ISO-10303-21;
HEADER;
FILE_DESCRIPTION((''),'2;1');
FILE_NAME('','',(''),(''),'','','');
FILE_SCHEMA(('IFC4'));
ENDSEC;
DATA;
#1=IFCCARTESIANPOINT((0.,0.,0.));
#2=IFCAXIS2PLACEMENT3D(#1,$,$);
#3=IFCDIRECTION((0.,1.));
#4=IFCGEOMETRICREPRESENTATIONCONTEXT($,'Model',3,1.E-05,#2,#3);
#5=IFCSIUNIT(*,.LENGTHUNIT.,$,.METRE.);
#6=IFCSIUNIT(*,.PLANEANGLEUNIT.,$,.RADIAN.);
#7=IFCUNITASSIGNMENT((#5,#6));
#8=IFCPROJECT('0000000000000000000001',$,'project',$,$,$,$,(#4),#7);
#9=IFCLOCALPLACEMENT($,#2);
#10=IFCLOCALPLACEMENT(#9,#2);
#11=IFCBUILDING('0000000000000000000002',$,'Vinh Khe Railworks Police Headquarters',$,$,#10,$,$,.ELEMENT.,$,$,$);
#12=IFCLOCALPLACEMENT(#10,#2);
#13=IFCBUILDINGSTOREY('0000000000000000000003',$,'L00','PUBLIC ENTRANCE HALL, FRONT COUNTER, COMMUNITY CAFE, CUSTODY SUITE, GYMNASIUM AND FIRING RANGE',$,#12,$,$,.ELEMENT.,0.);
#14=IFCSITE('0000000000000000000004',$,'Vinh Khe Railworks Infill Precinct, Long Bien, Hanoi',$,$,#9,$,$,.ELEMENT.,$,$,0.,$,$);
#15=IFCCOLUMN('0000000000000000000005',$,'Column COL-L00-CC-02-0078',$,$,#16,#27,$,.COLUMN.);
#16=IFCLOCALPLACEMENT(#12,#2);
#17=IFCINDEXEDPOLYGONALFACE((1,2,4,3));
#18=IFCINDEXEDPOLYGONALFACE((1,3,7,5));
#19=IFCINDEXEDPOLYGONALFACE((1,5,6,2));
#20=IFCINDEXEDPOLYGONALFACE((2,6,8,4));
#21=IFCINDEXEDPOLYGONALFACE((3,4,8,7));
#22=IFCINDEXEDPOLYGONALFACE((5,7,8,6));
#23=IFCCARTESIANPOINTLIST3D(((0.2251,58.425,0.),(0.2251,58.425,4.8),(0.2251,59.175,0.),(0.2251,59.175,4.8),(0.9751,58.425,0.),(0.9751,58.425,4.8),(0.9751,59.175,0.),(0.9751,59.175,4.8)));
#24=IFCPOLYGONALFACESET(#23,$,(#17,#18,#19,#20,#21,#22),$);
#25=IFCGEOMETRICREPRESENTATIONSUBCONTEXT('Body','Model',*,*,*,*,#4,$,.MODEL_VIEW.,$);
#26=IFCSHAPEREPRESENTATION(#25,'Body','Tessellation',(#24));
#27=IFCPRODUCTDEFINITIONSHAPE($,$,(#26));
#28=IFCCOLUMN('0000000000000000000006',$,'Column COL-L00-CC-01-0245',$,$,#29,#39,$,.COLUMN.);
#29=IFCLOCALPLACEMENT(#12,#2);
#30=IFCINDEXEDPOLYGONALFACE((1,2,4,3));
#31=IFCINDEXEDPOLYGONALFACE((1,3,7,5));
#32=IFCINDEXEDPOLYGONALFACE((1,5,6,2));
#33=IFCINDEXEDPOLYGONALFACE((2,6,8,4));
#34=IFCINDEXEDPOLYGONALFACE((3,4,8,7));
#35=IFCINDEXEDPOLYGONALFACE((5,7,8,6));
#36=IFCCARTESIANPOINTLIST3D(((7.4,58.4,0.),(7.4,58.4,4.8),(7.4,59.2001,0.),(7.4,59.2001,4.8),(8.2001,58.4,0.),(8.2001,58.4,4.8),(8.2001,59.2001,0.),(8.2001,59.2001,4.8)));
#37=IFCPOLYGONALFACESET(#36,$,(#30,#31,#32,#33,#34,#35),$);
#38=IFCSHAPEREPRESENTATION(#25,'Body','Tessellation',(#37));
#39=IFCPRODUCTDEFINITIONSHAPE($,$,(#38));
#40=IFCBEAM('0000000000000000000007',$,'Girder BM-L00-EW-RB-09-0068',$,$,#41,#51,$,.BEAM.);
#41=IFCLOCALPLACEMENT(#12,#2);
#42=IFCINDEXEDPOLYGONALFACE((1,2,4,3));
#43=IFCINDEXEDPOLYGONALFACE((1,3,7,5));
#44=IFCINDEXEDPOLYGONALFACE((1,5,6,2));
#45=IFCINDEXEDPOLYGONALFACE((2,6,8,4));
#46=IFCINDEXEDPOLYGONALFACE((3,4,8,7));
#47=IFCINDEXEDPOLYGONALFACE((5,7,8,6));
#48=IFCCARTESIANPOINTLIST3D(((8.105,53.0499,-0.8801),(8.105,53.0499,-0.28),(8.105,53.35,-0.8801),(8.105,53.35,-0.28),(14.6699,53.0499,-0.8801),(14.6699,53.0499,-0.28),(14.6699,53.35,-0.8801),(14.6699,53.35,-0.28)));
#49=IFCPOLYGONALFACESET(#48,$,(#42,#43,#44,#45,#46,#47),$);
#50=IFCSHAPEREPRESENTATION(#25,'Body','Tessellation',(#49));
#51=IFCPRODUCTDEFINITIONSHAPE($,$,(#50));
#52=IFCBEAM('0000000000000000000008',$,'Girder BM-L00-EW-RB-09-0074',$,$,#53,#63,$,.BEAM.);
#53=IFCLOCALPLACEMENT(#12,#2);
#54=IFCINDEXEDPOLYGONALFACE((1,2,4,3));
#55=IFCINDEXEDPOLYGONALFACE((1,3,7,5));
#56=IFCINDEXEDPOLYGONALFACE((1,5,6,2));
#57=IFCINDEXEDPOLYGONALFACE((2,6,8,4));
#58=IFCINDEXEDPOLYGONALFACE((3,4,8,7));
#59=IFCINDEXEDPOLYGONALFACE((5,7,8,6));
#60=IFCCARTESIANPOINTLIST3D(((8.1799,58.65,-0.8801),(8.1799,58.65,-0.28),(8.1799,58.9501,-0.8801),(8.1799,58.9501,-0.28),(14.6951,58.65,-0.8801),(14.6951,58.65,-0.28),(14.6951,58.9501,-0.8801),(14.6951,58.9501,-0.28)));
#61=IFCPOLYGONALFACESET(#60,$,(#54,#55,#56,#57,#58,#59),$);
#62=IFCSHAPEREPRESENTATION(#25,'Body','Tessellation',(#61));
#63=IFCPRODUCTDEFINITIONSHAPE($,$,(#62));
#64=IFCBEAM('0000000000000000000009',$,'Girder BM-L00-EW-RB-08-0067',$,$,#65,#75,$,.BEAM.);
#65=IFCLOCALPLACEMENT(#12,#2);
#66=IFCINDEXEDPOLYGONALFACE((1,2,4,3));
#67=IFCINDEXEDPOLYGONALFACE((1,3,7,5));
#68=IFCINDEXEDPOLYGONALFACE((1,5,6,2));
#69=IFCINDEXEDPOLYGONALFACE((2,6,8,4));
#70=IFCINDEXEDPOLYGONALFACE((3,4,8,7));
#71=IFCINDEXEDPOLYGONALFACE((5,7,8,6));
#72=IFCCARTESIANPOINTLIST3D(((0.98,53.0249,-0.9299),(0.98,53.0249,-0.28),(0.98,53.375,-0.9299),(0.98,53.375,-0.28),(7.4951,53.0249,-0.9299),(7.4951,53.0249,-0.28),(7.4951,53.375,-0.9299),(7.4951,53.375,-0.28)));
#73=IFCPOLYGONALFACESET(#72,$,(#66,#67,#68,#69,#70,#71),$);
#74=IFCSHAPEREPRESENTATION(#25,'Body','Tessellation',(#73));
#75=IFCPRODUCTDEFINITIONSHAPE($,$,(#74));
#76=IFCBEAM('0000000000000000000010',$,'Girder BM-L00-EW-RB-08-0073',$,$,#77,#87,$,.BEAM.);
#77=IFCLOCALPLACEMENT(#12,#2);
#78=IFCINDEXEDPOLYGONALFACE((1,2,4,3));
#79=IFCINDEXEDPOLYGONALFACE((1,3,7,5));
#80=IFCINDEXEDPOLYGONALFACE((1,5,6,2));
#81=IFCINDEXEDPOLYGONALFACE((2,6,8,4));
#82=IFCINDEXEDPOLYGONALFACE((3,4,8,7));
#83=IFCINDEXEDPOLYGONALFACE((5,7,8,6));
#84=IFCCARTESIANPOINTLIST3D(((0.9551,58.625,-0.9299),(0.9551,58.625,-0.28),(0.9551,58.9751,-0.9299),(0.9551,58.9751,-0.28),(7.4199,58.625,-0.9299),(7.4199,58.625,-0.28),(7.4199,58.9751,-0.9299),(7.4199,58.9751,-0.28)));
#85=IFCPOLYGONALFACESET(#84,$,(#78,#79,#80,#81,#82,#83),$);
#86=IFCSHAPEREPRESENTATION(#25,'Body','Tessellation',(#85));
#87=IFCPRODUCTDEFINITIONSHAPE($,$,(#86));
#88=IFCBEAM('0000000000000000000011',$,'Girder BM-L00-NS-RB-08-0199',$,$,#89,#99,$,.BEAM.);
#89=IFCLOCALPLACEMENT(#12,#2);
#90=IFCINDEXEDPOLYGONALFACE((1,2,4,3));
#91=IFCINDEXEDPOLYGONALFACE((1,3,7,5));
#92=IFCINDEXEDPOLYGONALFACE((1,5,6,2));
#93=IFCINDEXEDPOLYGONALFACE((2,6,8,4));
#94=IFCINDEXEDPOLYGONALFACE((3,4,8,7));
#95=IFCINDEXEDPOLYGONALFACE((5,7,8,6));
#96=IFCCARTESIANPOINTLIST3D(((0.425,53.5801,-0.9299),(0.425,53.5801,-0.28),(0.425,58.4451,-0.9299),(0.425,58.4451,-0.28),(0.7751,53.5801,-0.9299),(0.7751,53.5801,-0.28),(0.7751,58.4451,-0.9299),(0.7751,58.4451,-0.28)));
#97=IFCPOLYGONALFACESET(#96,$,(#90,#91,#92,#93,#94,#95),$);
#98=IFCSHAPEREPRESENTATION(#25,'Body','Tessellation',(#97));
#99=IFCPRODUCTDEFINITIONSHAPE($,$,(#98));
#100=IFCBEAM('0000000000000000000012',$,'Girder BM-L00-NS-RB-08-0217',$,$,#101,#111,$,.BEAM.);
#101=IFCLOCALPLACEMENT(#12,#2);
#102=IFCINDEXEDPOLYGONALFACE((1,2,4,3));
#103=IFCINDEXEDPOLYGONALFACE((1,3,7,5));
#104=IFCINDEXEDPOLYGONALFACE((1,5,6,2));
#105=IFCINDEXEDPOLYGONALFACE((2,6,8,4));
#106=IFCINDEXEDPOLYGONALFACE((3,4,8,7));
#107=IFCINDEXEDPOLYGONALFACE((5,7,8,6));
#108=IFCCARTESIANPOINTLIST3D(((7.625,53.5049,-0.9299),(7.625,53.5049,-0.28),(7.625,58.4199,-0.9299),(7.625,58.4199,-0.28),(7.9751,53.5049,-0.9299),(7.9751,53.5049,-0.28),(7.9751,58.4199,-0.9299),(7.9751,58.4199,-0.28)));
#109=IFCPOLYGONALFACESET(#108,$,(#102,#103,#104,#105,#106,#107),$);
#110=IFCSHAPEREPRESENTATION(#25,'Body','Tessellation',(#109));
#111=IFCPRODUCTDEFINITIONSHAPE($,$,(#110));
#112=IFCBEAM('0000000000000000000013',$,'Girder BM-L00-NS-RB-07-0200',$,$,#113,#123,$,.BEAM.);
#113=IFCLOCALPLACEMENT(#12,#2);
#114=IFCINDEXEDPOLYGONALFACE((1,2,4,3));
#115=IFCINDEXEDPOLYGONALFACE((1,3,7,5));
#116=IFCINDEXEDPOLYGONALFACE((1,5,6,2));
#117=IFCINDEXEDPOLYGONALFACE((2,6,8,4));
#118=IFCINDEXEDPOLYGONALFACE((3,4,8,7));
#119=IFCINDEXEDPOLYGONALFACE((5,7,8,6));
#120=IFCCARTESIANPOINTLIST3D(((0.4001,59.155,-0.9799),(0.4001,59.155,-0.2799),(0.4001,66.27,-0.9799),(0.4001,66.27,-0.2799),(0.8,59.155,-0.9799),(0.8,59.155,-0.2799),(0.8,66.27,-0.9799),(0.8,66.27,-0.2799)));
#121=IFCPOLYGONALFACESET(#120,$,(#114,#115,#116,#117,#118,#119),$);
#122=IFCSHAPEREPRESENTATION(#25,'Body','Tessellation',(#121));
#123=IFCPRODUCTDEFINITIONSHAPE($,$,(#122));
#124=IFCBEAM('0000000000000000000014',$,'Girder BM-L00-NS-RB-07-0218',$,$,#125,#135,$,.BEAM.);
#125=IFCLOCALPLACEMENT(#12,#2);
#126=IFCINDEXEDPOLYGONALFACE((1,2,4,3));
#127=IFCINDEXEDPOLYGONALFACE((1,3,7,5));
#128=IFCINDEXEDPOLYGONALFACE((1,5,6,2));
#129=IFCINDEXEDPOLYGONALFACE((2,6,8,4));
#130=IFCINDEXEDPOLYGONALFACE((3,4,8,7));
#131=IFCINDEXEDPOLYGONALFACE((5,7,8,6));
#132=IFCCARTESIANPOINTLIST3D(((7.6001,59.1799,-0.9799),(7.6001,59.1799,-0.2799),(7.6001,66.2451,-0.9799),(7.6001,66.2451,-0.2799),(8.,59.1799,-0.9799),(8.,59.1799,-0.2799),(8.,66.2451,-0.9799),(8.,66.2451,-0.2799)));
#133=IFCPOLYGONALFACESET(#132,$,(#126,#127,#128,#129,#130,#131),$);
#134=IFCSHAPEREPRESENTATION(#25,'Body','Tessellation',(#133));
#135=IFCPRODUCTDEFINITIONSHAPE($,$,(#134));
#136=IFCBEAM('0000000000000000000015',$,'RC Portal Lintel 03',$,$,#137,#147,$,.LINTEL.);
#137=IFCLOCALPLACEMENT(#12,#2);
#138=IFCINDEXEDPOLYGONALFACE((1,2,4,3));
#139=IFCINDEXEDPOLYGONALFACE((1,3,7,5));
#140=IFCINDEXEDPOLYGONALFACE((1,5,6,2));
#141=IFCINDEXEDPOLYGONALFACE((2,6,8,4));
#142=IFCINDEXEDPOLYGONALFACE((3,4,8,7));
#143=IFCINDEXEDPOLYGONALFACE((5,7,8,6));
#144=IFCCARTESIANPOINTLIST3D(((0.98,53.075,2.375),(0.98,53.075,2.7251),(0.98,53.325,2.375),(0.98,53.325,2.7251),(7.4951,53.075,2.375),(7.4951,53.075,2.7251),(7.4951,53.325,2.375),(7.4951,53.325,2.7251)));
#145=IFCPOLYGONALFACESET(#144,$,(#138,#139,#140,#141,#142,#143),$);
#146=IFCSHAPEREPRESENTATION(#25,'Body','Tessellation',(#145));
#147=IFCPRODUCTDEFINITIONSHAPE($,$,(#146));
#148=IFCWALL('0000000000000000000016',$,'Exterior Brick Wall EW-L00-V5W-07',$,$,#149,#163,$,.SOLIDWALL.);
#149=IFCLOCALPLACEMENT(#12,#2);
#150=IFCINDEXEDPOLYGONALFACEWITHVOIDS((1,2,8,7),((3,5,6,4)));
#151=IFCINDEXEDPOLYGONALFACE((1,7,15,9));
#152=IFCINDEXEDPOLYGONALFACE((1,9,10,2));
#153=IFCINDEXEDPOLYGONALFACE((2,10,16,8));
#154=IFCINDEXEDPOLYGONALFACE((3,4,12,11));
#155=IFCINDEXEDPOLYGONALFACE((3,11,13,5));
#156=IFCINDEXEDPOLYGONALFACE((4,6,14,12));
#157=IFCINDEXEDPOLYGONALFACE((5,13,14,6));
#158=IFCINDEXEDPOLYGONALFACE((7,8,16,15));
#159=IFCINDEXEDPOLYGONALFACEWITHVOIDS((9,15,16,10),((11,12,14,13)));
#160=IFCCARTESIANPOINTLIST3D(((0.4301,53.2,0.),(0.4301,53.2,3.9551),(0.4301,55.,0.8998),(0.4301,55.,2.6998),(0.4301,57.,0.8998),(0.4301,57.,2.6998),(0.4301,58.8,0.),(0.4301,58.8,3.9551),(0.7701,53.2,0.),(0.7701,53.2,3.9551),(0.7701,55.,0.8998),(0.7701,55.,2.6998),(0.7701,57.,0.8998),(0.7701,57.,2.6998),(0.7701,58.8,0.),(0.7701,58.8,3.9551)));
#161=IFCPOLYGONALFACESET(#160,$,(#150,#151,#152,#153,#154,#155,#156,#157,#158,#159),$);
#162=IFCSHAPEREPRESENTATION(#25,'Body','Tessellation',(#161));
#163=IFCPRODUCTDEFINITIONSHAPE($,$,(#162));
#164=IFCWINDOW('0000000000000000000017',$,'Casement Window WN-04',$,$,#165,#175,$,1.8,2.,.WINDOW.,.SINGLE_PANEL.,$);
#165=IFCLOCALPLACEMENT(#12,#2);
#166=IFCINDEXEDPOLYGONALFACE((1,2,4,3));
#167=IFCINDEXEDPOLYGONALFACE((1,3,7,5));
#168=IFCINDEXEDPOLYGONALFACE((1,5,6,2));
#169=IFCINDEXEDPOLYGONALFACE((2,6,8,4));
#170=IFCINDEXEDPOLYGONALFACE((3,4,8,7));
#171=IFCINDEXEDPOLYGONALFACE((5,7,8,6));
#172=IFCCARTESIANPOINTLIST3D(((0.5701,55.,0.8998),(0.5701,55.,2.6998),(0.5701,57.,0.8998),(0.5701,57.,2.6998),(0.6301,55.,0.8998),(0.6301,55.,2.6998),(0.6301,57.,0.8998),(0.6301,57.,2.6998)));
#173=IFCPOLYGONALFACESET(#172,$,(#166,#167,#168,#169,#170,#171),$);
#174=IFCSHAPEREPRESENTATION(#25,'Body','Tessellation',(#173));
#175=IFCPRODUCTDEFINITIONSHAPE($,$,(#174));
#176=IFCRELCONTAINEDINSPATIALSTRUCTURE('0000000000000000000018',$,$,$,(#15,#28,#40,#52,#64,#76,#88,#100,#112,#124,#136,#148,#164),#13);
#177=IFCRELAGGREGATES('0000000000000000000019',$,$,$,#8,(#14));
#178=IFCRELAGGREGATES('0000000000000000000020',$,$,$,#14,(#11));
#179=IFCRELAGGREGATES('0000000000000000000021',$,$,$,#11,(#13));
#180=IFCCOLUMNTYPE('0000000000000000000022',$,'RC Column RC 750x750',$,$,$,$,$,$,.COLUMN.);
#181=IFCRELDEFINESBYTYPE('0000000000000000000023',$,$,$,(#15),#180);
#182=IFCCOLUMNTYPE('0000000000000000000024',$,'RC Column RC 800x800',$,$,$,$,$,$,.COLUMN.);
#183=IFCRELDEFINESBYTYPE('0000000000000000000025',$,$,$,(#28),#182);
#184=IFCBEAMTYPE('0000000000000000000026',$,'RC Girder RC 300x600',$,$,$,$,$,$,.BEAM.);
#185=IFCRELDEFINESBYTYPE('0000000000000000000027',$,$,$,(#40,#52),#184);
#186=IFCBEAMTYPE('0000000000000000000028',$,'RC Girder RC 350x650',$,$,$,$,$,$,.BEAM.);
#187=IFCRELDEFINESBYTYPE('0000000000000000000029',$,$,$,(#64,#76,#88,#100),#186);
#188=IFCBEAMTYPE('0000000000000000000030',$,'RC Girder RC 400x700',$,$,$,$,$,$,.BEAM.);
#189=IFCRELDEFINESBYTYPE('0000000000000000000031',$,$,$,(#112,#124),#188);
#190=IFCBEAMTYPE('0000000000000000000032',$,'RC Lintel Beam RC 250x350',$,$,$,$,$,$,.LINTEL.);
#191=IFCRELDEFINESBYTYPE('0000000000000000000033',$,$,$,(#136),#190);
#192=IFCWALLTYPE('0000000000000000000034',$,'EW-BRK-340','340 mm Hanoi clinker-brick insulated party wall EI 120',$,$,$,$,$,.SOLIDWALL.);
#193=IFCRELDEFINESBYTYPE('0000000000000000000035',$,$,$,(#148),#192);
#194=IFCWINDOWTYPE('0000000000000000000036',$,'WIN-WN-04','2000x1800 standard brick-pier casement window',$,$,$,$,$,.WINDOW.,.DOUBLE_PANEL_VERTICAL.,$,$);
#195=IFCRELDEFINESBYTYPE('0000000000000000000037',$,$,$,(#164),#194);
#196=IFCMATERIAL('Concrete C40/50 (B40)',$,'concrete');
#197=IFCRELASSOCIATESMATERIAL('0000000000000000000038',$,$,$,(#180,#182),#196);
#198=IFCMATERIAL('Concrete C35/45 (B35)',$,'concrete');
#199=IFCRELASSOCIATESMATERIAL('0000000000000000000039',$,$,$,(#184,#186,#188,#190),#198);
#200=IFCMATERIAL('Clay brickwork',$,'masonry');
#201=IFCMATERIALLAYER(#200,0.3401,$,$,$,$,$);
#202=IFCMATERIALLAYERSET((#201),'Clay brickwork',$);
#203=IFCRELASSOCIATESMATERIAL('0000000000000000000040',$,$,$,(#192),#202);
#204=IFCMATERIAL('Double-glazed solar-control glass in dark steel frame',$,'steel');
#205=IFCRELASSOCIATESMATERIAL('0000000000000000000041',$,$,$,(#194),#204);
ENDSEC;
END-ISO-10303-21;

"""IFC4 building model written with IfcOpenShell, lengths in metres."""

from ifc_helpers import new_model, si_unit, direction, frame, frame_2d, origin, origin_2d, place, context, subcontext, project, spatial, rectangle, extrude, material, layer, layer_set, material_profile, profile_set, type_object, element, fill, save


model = new_model("IFC4")

# Units and contexts
model_context = context("Model", 3, precision=1e-05, world=origin(), true_north=direction((0.0, 1.0)))
body_context = subcontext(model_context, "Body", "Model", "MODEL_VIEW")
ifc_project = project(units=[si_unit("LENGTHUNIT", "METRE"), si_unit("PLANEANGLEUNIT", "RADIAN")], contexts=[model_context])

# Site, building, storey
site_placement = place(None, origin())
site = spatial("IfcSite", under=ifc_project, at=site_placement, Name="Vinh Khe Railworks Infill Precinct, Long Bien, Hanoi", CompositionType="ELEMENT", RefElevation=0.0)
building_placement = place(site_placement, origin())
building = spatial("IfcBuilding", under=site, at=building_placement, Name="Vinh Khe Railworks Police Headquarters", CompositionType="ELEMENT")
storey_placement = place(building_placement, origin())
storey = spatial("IfcBuildingStorey", under=building, at=storey_placement, Name="L00", Description="PUBLIC ENTRANCE HALL, FRONT COUNTER, COMMUNITY CAFE, CUSTODY SUITE, GYMNASIUM AND FIRING RANGE", CompositionType="ELEMENT", Elevation=0.0)

# Columns
ifc_material_1 = material(Name="Concrete C40/50 (B40)", Category="concrete")
ifc_material_profile_1 = material_profile(ifc_material_1, rectangle(XDim=0.75, YDim=0.75, at=origin_2d()), Name="RC 750x750")
ifc_profile_set_1 = profile_set([ifc_material_profile_1], Name="Concrete C40/50 (B40)")
column_type_1 = type_object("IfcColumnType", Name="RC Column RC 750x750", PredefinedType="COLUMN", material=ifc_profile_set_1)
column_1_placement = place(storey_placement, frame((0.6001, 58.8, 0.0), z_axis=(0.0, 0.0, 1.0), x_axis=(1.0, 0.0, 0.0)))
element("IfcColumn", 1, at=column_1_placement, inside=storey, type_object=column_type_1, Name="Column COL-L00-CC-02-0078", PredefinedType="COLUMN", context=body_context, shape_type="SweptSolid", body=[
    extrude(rectangle(XDim=0.75, YDim=0.75, at=origin_2d()), origin(), (0.0, 0.0, 1.0), 4.8),
])
ifc_material_profile_2 = material_profile(ifc_material_1, rectangle(XDim=0.8, YDim=0.8, at=origin_2d()), Name="RC 800x800")
ifc_profile_set_2 = profile_set([ifc_material_profile_2], Name="Concrete C40/50 (B40)")
column_type_2 = type_object("IfcColumnType", Name="RC Column RC 800x800", PredefinedType="COLUMN", material=ifc_profile_set_2)
column_2_placement = place(storey_placement, frame((7.8, 58.8, 0.0), z_axis=(0.0, 0.0, 1.0), x_axis=(1.0, 0.0, 0.0)))
element("IfcColumn", 2, at=column_2_placement, inside=storey, type_object=column_type_2, Name="Column COL-L00-CC-01-0245", PredefinedType="COLUMN", context=body_context, shape_type="SweptSolid", body=[
    extrude(rectangle(XDim=0.8, YDim=0.8, at=origin_2d()), origin(), (0.0, 0.0, 1.0), 4.8),
])

# Beams
ifc_material_2 = material(Name="Concrete C35/45 (B35)", Category="concrete")
ifc_material_profile_3 = material_profile(ifc_material_2, rectangle(XDim=0.3, YDim=0.6001, at=origin_2d()), Name="RC 300x600")
ifc_profile_set_3 = profile_set([ifc_material_profile_3], Name="Concrete C35/45 (B35)")
beam_type_1 = type_object("IfcBeamType", Name="RC Girder RC 300x600", PredefinedType="BEAM", material=ifc_profile_set_3)
beam_1_placement = place(storey_placement, frame((8.105, 53.2, -0.5801), z_axis=(1.0, 0.0, 0.0), x_axis=(0.0, 1.0, 0.0)))
element("IfcBeam", 3, at=beam_1_placement, inside=storey, type_object=beam_type_1, Name="Girder BM-L00-EW-RB-09-0068", PredefinedType="BEAM", context=body_context, shape_type="SweptSolid", body=[
    extrude(rectangle(XDim=0.3, YDim=0.6001, at=origin_2d()), origin(), (0.0, 0.0, 1.0), 6.5649),
])
beam_2_placement = place(storey_placement, frame((8.1799, 58.8, -0.5801), z_axis=(1.0, 0.0, 0.0), x_axis=(0.0, 1.0, 0.0)))
element("IfcBeam", 4, at=beam_2_placement, inside=storey, type_object=beam_type_1, Name="Girder BM-L00-EW-RB-09-0074", PredefinedType="BEAM", context=body_context, shape_type="SweptSolid", body=[
    extrude(rectangle(XDim=0.3, YDim=0.6001, at=origin_2d()), origin(), (0.0, 0.0, 1.0), 6.5151),
])
ifc_material_profile_4 = material_profile(ifc_material_2, rectangle(XDim=0.3501, YDim=0.6499, at=origin_2d()), Name="RC 350x650")
ifc_profile_set_4 = profile_set([ifc_material_profile_4], Name="Concrete C35/45 (B35)")
beam_type_2 = type_object("IfcBeamType", Name="RC Girder RC 350x650", PredefinedType="BEAM", material=ifc_profile_set_4)
beam_3_placement = place(storey_placement, frame((0.98, 53.2, -0.605), z_axis=(1.0, 0.0, 0.0), x_axis=(0.0, 1.0, 0.0)))
element("IfcBeam", 5, at=beam_3_placement, inside=storey, type_object=beam_type_2, Name="Girder BM-L00-EW-RB-08-0067", PredefinedType="BEAM", context=body_context, shape_type="SweptSolid", body=[
    extrude(rectangle(XDim=0.3501, YDim=0.6499, at=origin_2d()), origin(), (0.0, 0.0, 1.0), 6.5151),
])
beam_4_placement = place(storey_placement, frame((0.9551, 58.8, -0.605), z_axis=(1.0, 0.0, 0.0), x_axis=(0.0, 1.0, 0.0)))
element("IfcBeam", 6, at=beam_4_placement, inside=storey, type_object=beam_type_2, Name="Girder BM-L00-EW-RB-08-0073", PredefinedType="BEAM", context=body_context, shape_type="SweptSolid", body=[
    extrude(rectangle(XDim=0.3501, YDim=0.6499, at=origin_2d()), origin(), (0.0, 0.0, 1.0), 6.4648),
])
beam_5_placement = place(storey_placement, frame((0.6001, 53.5801, -0.605), z_axis=(0.0, 1.0, 0.0), x_axis=(-1.0, 0.0, 0.0)))
element("IfcBeam", 7, at=beam_5_placement, inside=storey, type_object=beam_type_2, Name="Girder BM-L00-NS-RB-08-0199", PredefinedType="BEAM", context=body_context, shape_type="SweptSolid", body=[
    extrude(rectangle(XDim=0.3501, YDim=0.6499, at=origin_2d()), origin(), (0.0, 0.0, 1.0), 4.865),
])
beam_6_placement = place(storey_placement, frame((7.8, 53.5049, -0.605), z_axis=(0.0, 1.0, 0.0), x_axis=(-1.0, 0.0, 0.0)))
element("IfcBeam", 8, at=beam_6_placement, inside=storey, type_object=beam_type_2, Name="Girder BM-L00-NS-RB-08-0217", PredefinedType="BEAM", context=body_context, shape_type="SweptSolid", body=[
    extrude(rectangle(XDim=0.3501, YDim=0.6499, at=origin_2d()), origin(), (0.0, 0.0, 1.0), 4.915),
])
ifc_material_profile_5 = material_profile(ifc_material_2, rectangle(XDim=0.3999, YDim=0.7, at=origin_2d()), Name="RC 400x700")
ifc_profile_set_5 = profile_set([ifc_material_profile_5], Name="Concrete C35/45 (B35)")
beam_type_3 = type_object("IfcBeamType", Name="RC Girder RC 400x700", PredefinedType="BEAM", material=ifc_profile_set_5)
beam_7_placement = place(storey_placement, frame((0.6001, 59.155, -0.6299), z_axis=(0.0, 1.0, 0.0), x_axis=(-1.0, 0.0, 0.0)))
element("IfcBeam", 9, at=beam_7_placement, inside=storey, type_object=beam_type_3, Name="Girder BM-L00-NS-RB-07-0200", PredefinedType="BEAM", context=body_context, shape_type="SweptSolid", body=[
    extrude(rectangle(XDim=0.3999, YDim=0.7, at=origin_2d()), origin(), (0.0, 0.0, 1.0), 7.115),
])
beam_8_placement = place(storey_placement, frame((7.8, 59.1799, -0.6299), z_axis=(0.0, 1.0, 0.0), x_axis=(-1.0, 0.0, 0.0)))
element("IfcBeam", 10, at=beam_8_placement, inside=storey, type_object=beam_type_3, Name="Girder BM-L00-NS-RB-07-0218", PredefinedType="BEAM", context=body_context, shape_type="SweptSolid", body=[
    extrude(rectangle(XDim=0.3999, YDim=0.7, at=origin_2d()), origin(), (0.0, 0.0, 1.0), 7.0652),
])
ifc_material_profile_6 = material_profile(ifc_material_2, rectangle(XDim=0.25, YDim=0.3501, at=origin_2d()), Name="RC 250x350")
ifc_profile_set_6 = profile_set([ifc_material_profile_6], Name="Concrete C35/45 (B35)")
beam_type_4 = type_object("IfcBeamType", Name="RC Lintel Beam RC 250x350", PredefinedType="LINTEL", material=ifc_profile_set_6)
beam_9_placement = place(storey_placement, frame((0.98, 53.2, 2.55), z_axis=(1.0, 0.0, 0.0), x_axis=(0.0, 1.0, 0.0)))
element("IfcBeam", 11, at=beam_9_placement, inside=storey, type_object=beam_type_4, Name="RC Portal Lintel 03", PredefinedType="LINTEL", context=body_context, shape_type="SweptSolid", body=[
    extrude(rectangle(XDim=0.25, YDim=0.3501, at=origin_2d()), origin(), (0.0, 0.0, 1.0), 6.5151),
])

# Wall, opening, window
ifc_material_3 = material(Name="Clay brickwork", Category="masonry")
ifc_layer_1 = layer(ifc_material_3, 0.3401)
ifc_layer_set_1 = layer_set([ifc_layer_1], Name="Clay brickwork")
wall_type_1 = type_object("IfcWallType", Name="EW-BRK-340", Description="340 mm Hanoi clinker-brick insulated party wall EI 120", PredefinedType="SOLIDWALL", material=ifc_layer_set_1)
wall_1_placement = place(storey_placement, frame((0.6001, 53.2, 0.0), z_axis=(0.0, 0.0, 1.0), x_axis=(0.0, 1.0, 0.0)))
wall_1 = element("IfcWall", 12, at=wall_1_placement, inside=storey, type_object=wall_type_1, Name="Exterior Brick Wall EW-L00-V5W-07", PredefinedType="SOLIDWALL", context=body_context, shape_type="SweptSolid", body=[
    extrude(rectangle(XDim=5.6001, YDim=0.3401, at=frame_2d((2.8, 0.0))), origin(), (0.0, 0.0, 1.0), 3.9551),
])
opening_1_placement = place(wall_1_placement, frame((1.8, 0.0, 0.8999)))
opening_1 = element("IfcOpeningElement", 13, at=opening_1_placement, cuts=wall_1, PredefinedType="OPENING", context=body_context, shape_type="SweptSolid", body=[
    extrude(rectangle(XDim=2.0, YDim=1.8, at=frame_2d((1.0, 0.8999))), frame((0.0, 0.1851, 0.0), z_axis=(0.0, -1.0, 0.0), x_axis=(1.0, 0.0, 0.0)), (0.0, 0.0, 1.0), 0.3699),
])
ifc_material_4 = material(Name="Double-glazed solar-control glass in dark steel frame", Category="steel")
window_type_1 = type_object("IfcWindowType", Name="WIN-WN-04", Description="2000x1800 standard brick-pier casement window", PartitioningType="DOUBLE_PANEL_VERTICAL", PredefinedType="WINDOW", material=ifc_material_4)
window_1_placement = place(opening_1_placement, origin())
window_1 = element("IfcWindow", 14, at=window_1_placement, inside=storey, type_object=window_type_1, Name="Casement Window WN-04", OverallHeight=1.8, OverallWidth=2.0, PartitioningType="SINGLE_PANEL", PredefinedType="WINDOW", context=body_context, shape_type="SweptSolid", body=[
    extrude(rectangle(XDim=2.0, YDim=1.8, at=frame_2d((1.0, 0.8999))), frame((0.0, 0.03, 0.0), z_axis=(0.0, -1.0, 0.0), x_axis=(1.0, 0.0, 0.0)), (0.0, 0.0, 1.0), 0.0601),
])
fill(opening_1, window_1)

save(model, "model.ifc")
